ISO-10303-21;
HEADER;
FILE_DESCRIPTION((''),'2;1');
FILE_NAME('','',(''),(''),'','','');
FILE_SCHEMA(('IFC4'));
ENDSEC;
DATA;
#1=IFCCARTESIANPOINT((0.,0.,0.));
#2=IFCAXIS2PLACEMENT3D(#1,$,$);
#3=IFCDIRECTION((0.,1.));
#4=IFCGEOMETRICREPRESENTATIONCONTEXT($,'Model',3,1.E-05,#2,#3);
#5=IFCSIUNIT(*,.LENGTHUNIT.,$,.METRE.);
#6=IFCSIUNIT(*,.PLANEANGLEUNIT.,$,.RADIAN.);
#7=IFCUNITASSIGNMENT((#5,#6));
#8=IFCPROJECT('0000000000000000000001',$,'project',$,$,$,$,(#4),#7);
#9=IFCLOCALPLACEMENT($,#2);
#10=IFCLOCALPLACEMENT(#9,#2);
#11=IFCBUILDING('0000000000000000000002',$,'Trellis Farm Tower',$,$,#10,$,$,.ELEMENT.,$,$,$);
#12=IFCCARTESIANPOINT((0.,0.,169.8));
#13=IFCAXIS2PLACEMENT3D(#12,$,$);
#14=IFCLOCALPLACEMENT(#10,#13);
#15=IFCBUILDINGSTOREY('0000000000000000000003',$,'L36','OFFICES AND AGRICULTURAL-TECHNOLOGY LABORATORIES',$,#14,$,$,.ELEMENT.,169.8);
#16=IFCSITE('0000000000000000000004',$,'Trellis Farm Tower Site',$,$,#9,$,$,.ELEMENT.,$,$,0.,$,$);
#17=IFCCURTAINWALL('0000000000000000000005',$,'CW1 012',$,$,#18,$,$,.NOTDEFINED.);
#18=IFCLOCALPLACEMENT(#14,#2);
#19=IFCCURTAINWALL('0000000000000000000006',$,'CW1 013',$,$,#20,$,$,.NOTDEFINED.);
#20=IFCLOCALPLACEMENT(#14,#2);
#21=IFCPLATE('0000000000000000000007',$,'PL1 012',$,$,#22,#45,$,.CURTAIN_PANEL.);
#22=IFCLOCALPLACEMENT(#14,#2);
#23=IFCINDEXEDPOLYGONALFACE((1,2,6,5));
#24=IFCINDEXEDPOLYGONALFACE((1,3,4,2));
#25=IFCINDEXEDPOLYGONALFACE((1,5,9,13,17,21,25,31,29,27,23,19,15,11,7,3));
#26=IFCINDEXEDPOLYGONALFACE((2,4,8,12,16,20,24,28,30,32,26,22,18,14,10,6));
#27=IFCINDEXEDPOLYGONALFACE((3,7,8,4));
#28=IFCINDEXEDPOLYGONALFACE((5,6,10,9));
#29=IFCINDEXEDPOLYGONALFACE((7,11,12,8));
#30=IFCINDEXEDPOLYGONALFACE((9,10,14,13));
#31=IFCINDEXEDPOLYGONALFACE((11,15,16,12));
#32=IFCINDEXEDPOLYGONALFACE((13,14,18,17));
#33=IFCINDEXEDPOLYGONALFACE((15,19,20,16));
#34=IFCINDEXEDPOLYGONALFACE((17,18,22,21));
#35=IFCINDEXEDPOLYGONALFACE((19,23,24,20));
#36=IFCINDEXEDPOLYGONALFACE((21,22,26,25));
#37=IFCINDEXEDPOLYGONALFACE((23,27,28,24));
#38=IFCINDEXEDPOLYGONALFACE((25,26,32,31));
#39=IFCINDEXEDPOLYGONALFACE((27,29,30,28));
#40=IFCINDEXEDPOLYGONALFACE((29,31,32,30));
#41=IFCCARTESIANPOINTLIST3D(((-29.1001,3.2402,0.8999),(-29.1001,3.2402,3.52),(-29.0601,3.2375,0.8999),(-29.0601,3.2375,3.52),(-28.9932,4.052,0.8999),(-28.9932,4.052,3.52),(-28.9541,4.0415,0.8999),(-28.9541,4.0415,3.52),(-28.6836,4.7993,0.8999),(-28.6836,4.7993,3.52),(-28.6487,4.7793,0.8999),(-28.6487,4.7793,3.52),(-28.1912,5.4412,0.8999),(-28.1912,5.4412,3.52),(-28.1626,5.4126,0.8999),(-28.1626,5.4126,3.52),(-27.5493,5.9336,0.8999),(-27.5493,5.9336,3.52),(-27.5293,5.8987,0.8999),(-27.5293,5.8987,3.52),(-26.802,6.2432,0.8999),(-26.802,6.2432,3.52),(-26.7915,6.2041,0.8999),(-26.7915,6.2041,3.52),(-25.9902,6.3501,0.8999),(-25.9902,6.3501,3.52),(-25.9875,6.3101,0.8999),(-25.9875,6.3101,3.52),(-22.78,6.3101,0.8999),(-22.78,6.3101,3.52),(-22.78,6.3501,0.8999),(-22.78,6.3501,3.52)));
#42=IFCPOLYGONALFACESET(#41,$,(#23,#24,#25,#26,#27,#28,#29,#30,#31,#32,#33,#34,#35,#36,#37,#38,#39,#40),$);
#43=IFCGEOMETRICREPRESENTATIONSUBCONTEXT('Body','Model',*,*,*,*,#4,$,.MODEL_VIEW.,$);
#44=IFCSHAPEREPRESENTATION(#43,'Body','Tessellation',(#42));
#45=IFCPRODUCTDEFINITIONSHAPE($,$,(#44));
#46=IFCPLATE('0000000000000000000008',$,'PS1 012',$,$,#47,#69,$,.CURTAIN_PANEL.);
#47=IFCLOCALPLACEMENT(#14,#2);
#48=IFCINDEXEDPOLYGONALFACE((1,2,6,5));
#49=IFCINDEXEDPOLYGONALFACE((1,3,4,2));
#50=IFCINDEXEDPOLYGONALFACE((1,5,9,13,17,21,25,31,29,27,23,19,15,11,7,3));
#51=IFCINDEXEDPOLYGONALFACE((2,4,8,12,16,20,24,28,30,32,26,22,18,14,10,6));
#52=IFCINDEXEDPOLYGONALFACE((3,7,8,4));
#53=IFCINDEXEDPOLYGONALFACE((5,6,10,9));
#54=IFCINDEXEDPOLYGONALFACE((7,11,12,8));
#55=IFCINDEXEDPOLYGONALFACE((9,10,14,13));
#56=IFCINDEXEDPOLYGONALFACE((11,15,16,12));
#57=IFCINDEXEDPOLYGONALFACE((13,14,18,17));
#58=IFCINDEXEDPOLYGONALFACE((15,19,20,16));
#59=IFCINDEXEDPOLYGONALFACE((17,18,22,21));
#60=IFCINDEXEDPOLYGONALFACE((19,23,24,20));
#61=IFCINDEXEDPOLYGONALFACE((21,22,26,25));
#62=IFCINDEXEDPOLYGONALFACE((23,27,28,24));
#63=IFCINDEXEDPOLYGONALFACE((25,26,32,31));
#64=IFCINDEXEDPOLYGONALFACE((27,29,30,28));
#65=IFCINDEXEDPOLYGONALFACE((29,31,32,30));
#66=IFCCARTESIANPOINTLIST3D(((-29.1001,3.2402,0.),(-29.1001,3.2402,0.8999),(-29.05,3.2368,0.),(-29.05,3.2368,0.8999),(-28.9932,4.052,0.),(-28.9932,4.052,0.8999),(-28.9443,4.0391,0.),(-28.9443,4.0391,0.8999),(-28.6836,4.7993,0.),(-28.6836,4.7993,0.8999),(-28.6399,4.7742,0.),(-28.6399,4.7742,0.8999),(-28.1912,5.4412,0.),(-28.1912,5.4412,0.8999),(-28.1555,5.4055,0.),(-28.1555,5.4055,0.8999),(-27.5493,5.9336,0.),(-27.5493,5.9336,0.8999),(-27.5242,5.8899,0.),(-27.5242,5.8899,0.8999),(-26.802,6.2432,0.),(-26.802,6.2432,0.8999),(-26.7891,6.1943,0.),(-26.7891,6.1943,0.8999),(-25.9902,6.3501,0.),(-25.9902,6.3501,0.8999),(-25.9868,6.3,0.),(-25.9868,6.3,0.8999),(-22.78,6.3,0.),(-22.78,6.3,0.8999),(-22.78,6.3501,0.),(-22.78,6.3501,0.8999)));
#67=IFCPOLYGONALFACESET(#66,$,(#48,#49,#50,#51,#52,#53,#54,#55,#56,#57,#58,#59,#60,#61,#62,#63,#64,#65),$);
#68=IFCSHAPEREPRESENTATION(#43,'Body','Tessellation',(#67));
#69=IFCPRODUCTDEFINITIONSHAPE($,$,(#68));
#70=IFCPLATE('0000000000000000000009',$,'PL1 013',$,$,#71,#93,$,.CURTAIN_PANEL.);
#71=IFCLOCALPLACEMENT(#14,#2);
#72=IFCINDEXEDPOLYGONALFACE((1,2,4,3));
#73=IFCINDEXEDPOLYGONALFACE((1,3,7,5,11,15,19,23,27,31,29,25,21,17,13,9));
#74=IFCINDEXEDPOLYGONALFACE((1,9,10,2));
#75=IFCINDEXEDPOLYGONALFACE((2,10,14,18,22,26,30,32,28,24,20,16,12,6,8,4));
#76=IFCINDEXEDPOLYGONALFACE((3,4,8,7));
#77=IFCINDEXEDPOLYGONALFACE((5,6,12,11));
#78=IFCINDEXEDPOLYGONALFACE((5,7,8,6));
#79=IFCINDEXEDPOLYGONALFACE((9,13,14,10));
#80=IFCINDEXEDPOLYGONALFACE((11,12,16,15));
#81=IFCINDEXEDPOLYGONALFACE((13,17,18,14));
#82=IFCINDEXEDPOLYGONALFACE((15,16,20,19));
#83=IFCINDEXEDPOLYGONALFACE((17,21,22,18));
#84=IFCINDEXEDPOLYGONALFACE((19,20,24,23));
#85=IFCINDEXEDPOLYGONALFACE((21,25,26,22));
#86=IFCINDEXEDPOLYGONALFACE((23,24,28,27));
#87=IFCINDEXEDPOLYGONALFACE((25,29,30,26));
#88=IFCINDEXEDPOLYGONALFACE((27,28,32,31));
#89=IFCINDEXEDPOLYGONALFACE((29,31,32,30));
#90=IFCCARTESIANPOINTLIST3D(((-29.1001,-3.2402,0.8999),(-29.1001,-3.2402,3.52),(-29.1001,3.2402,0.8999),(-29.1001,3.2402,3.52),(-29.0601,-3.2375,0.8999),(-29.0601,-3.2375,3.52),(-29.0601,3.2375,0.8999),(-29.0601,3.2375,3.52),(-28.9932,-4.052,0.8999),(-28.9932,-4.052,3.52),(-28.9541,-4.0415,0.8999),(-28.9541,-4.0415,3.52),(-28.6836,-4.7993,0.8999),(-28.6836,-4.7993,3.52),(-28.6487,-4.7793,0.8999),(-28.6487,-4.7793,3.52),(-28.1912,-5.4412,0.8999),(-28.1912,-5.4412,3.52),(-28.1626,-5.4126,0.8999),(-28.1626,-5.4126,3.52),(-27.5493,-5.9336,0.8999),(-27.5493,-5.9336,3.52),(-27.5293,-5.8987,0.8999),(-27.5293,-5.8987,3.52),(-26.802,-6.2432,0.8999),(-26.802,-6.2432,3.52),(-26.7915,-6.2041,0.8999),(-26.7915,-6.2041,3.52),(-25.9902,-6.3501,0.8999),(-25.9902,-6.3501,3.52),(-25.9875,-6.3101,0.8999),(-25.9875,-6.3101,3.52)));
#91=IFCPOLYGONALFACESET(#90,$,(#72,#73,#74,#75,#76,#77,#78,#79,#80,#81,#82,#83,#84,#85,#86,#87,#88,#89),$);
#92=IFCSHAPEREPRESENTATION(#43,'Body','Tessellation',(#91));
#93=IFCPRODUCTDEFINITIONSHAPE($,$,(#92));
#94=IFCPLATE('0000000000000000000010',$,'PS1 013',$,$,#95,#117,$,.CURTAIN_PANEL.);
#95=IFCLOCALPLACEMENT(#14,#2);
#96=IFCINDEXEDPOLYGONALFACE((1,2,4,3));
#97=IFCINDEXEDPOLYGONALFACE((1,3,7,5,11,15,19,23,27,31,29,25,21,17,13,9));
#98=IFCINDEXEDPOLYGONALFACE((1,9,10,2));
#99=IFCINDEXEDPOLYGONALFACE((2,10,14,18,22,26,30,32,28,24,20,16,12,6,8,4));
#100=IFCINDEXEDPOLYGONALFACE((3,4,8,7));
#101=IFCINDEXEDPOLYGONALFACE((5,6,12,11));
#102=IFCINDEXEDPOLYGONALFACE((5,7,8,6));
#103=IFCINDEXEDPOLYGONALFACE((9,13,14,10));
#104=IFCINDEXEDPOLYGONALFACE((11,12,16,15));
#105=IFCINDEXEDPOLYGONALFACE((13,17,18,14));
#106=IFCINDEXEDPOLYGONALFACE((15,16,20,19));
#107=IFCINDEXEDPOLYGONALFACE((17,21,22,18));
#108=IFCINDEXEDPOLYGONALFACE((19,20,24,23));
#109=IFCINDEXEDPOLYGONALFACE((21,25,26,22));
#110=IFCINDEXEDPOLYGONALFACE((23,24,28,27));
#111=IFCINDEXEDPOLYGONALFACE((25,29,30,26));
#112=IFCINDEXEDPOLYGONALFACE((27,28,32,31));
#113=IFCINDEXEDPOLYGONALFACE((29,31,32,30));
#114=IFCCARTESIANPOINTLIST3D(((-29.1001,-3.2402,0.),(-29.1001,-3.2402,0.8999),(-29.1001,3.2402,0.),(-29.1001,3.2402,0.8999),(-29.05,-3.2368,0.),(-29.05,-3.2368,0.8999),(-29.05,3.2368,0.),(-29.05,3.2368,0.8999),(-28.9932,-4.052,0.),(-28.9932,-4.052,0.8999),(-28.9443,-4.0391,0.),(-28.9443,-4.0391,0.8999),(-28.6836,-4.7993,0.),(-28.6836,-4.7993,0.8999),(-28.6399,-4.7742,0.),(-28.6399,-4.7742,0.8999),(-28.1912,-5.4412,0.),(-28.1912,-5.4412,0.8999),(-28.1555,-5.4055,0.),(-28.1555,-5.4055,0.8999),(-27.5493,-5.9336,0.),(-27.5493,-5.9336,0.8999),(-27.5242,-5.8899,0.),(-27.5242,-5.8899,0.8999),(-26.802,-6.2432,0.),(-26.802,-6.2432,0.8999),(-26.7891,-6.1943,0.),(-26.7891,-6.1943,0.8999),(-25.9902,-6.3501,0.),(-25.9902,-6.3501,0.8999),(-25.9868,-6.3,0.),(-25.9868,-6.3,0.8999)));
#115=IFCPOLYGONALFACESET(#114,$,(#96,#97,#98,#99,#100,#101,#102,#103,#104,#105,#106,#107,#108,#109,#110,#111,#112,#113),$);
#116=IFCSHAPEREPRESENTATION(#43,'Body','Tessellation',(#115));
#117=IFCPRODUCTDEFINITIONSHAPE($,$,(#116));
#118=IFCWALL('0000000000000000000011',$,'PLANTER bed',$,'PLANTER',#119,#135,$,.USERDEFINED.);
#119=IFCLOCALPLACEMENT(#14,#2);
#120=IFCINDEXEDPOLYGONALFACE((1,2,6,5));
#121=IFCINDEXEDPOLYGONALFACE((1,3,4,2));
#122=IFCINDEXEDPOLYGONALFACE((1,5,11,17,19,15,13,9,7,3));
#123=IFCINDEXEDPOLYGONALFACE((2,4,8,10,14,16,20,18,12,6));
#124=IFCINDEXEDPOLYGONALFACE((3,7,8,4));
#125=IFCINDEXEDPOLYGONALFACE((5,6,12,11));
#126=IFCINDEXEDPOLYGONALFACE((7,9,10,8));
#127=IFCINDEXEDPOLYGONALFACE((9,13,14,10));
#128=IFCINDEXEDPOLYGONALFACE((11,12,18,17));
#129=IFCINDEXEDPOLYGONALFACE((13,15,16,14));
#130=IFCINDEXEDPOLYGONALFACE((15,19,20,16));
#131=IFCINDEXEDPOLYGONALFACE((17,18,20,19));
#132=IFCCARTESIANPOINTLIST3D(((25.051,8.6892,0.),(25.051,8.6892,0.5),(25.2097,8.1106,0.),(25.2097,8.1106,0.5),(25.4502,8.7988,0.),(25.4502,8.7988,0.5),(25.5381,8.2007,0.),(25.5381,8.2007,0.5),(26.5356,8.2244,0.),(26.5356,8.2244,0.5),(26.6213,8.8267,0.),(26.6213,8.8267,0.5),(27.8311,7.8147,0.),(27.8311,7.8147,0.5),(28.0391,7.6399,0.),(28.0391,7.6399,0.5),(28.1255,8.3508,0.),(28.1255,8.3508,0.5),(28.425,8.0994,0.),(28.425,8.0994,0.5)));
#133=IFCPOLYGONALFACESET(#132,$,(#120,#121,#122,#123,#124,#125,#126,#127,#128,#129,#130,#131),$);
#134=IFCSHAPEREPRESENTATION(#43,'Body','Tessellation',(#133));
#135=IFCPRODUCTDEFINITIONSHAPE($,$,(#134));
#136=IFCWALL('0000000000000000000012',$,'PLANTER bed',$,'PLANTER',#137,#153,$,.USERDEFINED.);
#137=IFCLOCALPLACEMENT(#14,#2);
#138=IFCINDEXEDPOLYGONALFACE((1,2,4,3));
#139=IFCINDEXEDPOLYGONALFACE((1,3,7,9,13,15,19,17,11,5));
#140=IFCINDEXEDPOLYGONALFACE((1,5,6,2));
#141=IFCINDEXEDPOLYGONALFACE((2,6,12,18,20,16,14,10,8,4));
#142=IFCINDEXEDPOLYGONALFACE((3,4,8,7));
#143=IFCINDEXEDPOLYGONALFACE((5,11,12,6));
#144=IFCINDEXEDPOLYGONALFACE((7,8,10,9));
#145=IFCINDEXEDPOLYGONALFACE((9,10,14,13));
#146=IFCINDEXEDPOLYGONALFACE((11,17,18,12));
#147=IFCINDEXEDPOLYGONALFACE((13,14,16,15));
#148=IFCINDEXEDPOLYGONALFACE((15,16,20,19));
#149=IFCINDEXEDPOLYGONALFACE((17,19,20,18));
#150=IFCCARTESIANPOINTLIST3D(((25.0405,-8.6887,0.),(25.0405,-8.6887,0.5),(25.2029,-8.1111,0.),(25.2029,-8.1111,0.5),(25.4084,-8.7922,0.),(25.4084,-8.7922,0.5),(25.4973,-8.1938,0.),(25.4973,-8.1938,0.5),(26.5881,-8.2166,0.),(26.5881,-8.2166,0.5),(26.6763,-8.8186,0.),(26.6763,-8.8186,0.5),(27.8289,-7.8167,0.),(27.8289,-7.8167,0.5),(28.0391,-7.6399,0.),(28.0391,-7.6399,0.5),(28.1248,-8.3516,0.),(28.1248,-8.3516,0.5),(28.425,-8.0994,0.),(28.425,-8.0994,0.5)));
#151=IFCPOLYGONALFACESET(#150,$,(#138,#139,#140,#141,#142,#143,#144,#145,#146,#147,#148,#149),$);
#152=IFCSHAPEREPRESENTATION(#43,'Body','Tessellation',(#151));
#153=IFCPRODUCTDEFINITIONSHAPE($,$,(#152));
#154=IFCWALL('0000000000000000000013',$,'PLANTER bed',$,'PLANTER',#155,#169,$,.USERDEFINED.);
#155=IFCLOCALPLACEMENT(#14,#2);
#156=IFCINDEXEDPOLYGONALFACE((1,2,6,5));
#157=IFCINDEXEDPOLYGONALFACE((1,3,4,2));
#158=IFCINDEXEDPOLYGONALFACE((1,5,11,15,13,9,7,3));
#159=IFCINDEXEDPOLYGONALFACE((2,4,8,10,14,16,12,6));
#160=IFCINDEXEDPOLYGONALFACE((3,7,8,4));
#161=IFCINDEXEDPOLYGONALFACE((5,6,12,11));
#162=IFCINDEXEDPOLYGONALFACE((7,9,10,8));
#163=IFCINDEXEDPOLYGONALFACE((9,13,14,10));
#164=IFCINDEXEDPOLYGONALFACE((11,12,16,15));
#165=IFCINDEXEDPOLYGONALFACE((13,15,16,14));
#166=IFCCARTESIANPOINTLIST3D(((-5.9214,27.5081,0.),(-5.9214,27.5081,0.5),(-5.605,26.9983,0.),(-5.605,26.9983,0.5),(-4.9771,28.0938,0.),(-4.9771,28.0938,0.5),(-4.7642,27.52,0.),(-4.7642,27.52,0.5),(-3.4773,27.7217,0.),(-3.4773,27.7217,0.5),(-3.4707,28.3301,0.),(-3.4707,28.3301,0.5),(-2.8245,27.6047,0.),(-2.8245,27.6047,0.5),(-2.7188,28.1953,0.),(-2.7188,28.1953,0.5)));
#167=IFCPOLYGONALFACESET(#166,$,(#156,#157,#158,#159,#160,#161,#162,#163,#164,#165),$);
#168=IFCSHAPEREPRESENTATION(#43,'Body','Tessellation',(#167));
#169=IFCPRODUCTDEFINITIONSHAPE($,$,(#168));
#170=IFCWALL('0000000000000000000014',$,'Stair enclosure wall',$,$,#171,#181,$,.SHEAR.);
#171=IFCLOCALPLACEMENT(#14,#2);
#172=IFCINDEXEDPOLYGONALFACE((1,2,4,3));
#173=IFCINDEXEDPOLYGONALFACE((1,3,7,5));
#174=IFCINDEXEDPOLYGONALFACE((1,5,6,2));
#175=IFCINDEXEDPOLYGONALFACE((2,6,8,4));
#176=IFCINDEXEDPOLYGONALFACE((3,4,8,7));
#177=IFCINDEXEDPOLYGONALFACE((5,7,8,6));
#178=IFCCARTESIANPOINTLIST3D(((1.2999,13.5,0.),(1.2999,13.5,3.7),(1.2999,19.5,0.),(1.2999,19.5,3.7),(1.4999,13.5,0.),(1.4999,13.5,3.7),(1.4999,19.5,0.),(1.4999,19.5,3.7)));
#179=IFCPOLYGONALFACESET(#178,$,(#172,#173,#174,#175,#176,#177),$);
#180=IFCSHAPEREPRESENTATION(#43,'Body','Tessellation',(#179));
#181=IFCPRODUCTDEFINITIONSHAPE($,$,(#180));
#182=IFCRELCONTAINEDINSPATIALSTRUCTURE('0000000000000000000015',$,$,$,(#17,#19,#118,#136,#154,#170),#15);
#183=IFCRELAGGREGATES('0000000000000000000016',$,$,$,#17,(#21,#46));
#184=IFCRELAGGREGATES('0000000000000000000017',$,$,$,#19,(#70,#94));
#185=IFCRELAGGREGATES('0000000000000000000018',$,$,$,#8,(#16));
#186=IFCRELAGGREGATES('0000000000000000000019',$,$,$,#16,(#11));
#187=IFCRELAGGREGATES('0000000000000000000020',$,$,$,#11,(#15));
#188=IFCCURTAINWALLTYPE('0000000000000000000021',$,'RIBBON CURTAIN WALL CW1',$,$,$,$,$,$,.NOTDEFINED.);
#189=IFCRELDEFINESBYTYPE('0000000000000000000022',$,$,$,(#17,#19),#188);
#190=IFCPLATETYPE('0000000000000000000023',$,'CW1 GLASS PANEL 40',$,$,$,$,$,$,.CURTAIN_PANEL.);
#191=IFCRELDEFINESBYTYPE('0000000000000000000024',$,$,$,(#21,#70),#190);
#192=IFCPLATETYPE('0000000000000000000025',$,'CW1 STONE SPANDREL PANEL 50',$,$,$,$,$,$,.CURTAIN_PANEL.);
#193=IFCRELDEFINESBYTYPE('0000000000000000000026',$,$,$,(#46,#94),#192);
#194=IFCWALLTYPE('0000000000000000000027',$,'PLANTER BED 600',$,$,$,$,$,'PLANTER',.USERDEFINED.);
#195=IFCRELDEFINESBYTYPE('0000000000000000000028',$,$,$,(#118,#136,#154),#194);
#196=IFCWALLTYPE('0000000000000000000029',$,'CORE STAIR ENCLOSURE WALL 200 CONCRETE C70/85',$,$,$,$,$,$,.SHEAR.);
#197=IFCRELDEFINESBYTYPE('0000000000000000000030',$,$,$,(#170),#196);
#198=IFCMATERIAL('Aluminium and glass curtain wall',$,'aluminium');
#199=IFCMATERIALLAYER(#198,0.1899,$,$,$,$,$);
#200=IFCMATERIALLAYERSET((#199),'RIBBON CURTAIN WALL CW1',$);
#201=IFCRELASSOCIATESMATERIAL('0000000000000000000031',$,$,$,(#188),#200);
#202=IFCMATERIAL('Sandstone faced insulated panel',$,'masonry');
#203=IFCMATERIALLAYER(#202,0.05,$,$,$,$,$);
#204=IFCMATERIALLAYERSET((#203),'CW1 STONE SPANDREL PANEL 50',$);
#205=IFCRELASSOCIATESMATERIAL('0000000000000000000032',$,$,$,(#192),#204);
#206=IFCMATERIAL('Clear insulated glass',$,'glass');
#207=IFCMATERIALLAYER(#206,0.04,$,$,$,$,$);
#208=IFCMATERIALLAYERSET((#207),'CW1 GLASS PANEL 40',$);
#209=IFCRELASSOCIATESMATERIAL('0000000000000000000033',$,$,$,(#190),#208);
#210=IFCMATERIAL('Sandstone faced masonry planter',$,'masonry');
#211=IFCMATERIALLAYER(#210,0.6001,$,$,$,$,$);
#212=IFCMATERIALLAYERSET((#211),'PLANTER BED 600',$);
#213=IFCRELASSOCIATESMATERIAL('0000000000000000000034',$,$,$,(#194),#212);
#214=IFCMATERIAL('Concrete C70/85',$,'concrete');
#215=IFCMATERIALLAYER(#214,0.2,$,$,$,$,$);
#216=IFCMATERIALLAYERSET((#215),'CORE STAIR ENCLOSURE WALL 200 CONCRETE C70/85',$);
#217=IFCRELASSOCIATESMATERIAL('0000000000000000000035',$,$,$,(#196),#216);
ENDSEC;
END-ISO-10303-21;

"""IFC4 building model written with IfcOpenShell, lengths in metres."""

from ifc_helpers import new_model, si_unit, direction, frame, frame_2d, origin, place, context, subcontext, project, spatial, polyline, rectangle, outline, extrude, source, transform, mapped, material, layer, layer_set, type_object, element, aggregate, save


model = new_model("IFC4")

# Units and contexts
model_context = context("Model", 3, precision=1e-05, world=origin(), true_north=direction((0.0, 1.0)))
body_context = subcontext(model_context, "Body", "Model", "MODEL_VIEW")
ifc_project = project(units=[si_unit("LENGTHUNIT", "METRE"), si_unit("PLANEANGLEUNIT", "RADIAN")], contexts=[model_context])

# Site, building, storey
site_placement = place(None, origin())
site = spatial("IfcSite", under=ifc_project, at=site_placement, Name="Trellis Farm Tower Site", CompositionType="ELEMENT", RefElevation=0.0)
building_placement = place(site_placement, origin())
building = spatial("IfcBuilding", under=site, at=building_placement, Name="Trellis Farm Tower", CompositionType="ELEMENT")
storey_placement = place(building_placement, frame((0.0, 0.0, 169.8)))
storey = spatial("IfcBuildingStorey", under=building, at=storey_placement, Name="L36", Description="OFFICES AND AGRICULTURAL-TECHNOLOGY LABORATORIES", CompositionType="ELEMENT", Elevation=169.8)

# Shared definitions
ifc_material_1 = material(Name="Aluminium and glass curtain wall", Category="aluminium")
placement_1 = place(storey_placement, origin())
ifc_layer_1 = layer(ifc_material_1, 0.1899)
ifc_layer_set_1 = layer_set([ifc_layer_1], Name="RIBBON CURTAIN WALL CW1")
curtain_wall_type_1 = type_object("IfcCurtainWallType", Name="RIBBON CURTAIN WALL CW1", PredefinedType="NOTDEFINED", material=ifc_layer_set_1)

# Curtain walls
curtain_wall_1 = element("IfcCurtainWall", 1, at=placement_1, inside=storey, type_object=curtain_wall_type_1, Name="CW1 012", PredefinedType="NOTDEFINED")
curtain_wall_2 = element("IfcCurtainWall", 2, at=placement_1, inside=storey, type_object=curtain_wall_type_1, Name="CW1 013", PredefinedType="NOTDEFINED")

# Plates
ifc_material_2 = material(Name="Sandstone faced insulated panel", Category="masonry")
ifc_layer_2 = layer(ifc_material_2, 0.05)
ifc_layer_set_2 = layer_set([ifc_layer_2], Name="CW1 STONE SPANDREL PANEL 50")
plate_type_1 = type_object("IfcPlateType", Name="CW1 STONE SPANDREL PANEL 50", PredefinedType="CURTAIN_PANEL", material=ifc_layer_set_2)
ifc_material_3 = material(Name="Clear insulated glass", Category="glass")
ifc_layer_3 = layer(ifc_material_3, 0.04)
ifc_layer_set_3 = layer_set([ifc_layer_3], Name="CW1 GLASS PANEL 40")
plate_type_2 = type_object("IfcPlateType", Name="CW1 GLASS PANEL 40", PredefinedType="CURTAIN_PANEL", material=ifc_layer_set_3)
placement_2 = place(storey_placement, frame((0.0, 0.0, 0.8999)))
shared_shape_1 = source(origin(), body_context, "Body", "SweptSolid", [
    extrude(outline(polyline([(-22.78, 6.3501), (-25.9902, 6.3501), (-26.802, 6.2432), (-27.5493, 5.9336), (-28.1912, 5.4412), (-28.6836, 4.7993), (-28.9932, 4.052), (-29.1001, 3.2402), (-29.0601, 3.2375), (-28.9541, 4.0415), (-28.6487, 4.7793), (-28.1626, 5.4126), (-27.5293, 5.8987), (-26.7915, 6.2041), (-25.9875, 6.3101), (-22.78, 6.3101), (-22.78, 6.3501)])), origin(), (0.0, 0.0, 1.0), 2.6201),
])
plate_1 = element("IfcPlate", 3, at=placement_2, type_object=plate_type_2, Name="PL1 012", PredefinedType="CURTAIN_PANEL", context=body_context, shape_type="MappedRepresentation", body=[
    mapped(shared_shape_1, transform((0.0, 0.0, 0.0))),
])
shared_shape_2 = source(origin(), body_context, "Body", "SweptSolid", [
    extrude(outline(polyline([(-22.78, 6.3501), (-25.9902, 6.3501), (-26.802, 6.2432), (-27.5493, 5.9336), (-28.1912, 5.4412), (-28.6836, 4.7993), (-28.9932, 4.052), (-29.1001, 3.2402), (-29.05, 3.2368), (-28.9443, 4.0391), (-28.6399, 4.7742), (-28.1555, 5.4055), (-27.5242, 5.8899), (-26.7891, 6.1943), (-25.9868, 6.3), (-22.78, 6.3), (-22.78, 6.3501)])), origin(), (0.0, 0.0, 1.0), 0.8999),
])
plate_2 = element("IfcPlate", 4, at=placement_1, type_object=plate_type_1, Name="PS1 012", PredefinedType="CURTAIN_PANEL", context=body_context, shape_type="MappedRepresentation", body=[
    mapped(shared_shape_2, transform((0.0, 0.0, 0.0))),
])
aggregate(curtain_wall_1, [plate_1, plate_2])
shared_shape_3 = source(origin(), body_context, "Body", "SweptSolid", [
    extrude(outline(polyline([(-29.1001, 3.2402), (-29.1001, -3.2402), (-28.9932, -4.052), (-28.6836, -4.7993), (-28.1912, -5.4412), (-27.5493, -5.9336), (-26.802, -6.2432), (-25.9902, -6.3501), (-25.9875, -6.3101), (-26.7915, -6.2041), (-27.5293, -5.8987), (-28.1626, -5.4126), (-28.6487, -4.7793), (-28.9541, -4.0415), (-29.0601, -3.2375), (-29.0601, 3.2375), (-29.1001, 3.2402)])), origin(), (0.0, 0.0, 1.0), 2.6201),
])
plate_3 = element("IfcPlate", 5, at=placement_2, type_object=plate_type_2, Name="PL1 013", PredefinedType="CURTAIN_PANEL", context=body_context, shape_type="MappedRepresentation", body=[
    mapped(shared_shape_3, transform((0.0, 0.0, 0.0))),
])
shared_shape_4 = source(origin(), body_context, "Body", "SweptSolid", [
    extrude(outline(polyline([(-29.1001, 3.2402), (-29.1001, -3.2402), (-28.9932, -4.052), (-28.6836, -4.7993), (-28.1912, -5.4412), (-27.5493, -5.9336), (-26.802, -6.2432), (-25.9902, -6.3501), (-25.9868, -6.3), (-26.7891, -6.1943), (-27.5242, -5.8899), (-28.1555, -5.4055), (-28.6399, -4.7742), (-28.9443, -4.0391), (-29.05, -3.2368), (-29.05, 3.2368), (-29.1001, 3.2402)])), origin(), (0.0, 0.0, 1.0), 0.8999),
])
plate_4 = element("IfcPlate", 6, at=placement_1, type_object=plate_type_1, Name="PS1 013", PredefinedType="CURTAIN_PANEL", context=body_context, shape_type="MappedRepresentation", body=[
    mapped(shared_shape_4, transform((0.0, 0.0, 0.0))),
])
aggregate(curtain_wall_2, [plate_3, plate_4])

# Walls
ifc_material_4 = material(Name="Sandstone faced masonry planter", Category="masonry")
ifc_layer_4 = layer(ifc_material_4, 0.6001)
ifc_layer_set_4 = layer_set([ifc_layer_4], Name="PLANTER BED 600")
wall_type_1 = type_object("IfcWallType", Name="PLANTER BED 600", ElementType="PLANTER", PredefinedType="USERDEFINED", material=ifc_layer_set_4)
element("IfcWall", 7, at=placement_1, inside=storey, type_object=wall_type_1, Name="PLANTER bed", ObjectType="PLANTER", PredefinedType="USERDEFINED", context=body_context, shape_type="SweptSolid", body=[
    extrude(outline(polyline([(25.4502, 8.7988), (26.6213, 8.8267), (28.1255, 8.3508), (28.425, 8.0994), (28.0391, 7.6399), (27.8311, 7.8147), (26.5356, 8.2244), (25.5381, 8.2007), (25.2097, 8.1106), (25.051, 8.6892), (25.4502, 8.7988)])), origin(), (0.0, 0.0, 1.0), 0.5),
])
element("IfcWall", 8, at=placement_1, inside=storey, type_object=wall_type_1, Name="PLANTER bed", ObjectType="PLANTER", PredefinedType="USERDEFINED", context=body_context, shape_type="SweptSolid", body=[
    extrude(outline(polyline([(26.6763, -8.8186), (25.4084, -8.7922), (25.0405, -8.6887), (25.2029, -8.1111), (25.4973, -8.1938), (26.5881, -8.2166), (27.8289, -7.8167), (28.0391, -7.6399), (28.425, -8.0994), (28.1248, -8.3516), (26.6763, -8.8186)])), origin(), (0.0, 0.0, 1.0), 0.5),
])
element("IfcWall", 9, at=placement_1, inside=storey, type_object=wall_type_1, Name="PLANTER bed", ObjectType="PLANTER", PredefinedType="USERDEFINED", context=body_context, shape_type="SweptSolid", body=[
    extrude(outline(polyline([(-3.4707, 28.3301), (-2.7188, 28.1953), (-2.8245, 27.6047), (-3.4773, 27.7217), (-4.7642, 27.52), (-5.605, 26.9983), (-5.9214, 27.5081), (-4.9771, 28.0938), (-3.4707, 28.3301)])), origin(), (0.0, 0.0, 1.0), 0.5),
])
ifc_material_5 = material(Name="Concrete C70/85", Category="concrete")
ifc_layer_5 = layer(ifc_material_5, 0.2)
ifc_layer_set_5 = layer_set([ifc_layer_5], Name="CORE STAIR ENCLOSURE WALL 200 CONCRETE C70/85")
wall_type_2 = type_object("IfcWallType", Name="CORE STAIR ENCLOSURE WALL 200 CONCRETE C70/85", PredefinedType="SHEAR", material=ifc_layer_set_5)
shared_shape_5 = source(origin(), body_context, "Body", "SweptSolid", [
    extrude(rectangle(XDim=6.0, YDim=0.2, at=frame_2d((3.0, 0.0))), origin(), (0.0, 0.0, 1.0), 3.7),
])
wall_1_placement = place(storey_placement, frame((1.3999, 13.5, 0.0), z_axis=(0.0, 0.0, 1.0), x_axis=(0.0, 1.0, 0.0)))
element("IfcWall", 10, at=wall_1_placement, inside=storey, type_object=wall_type_2, Name="Stair enclosure wall", PredefinedType="SHEAR", context=body_context, shape_type="MappedRepresentation", body=[
    mapped(shared_shape_5, transform((0.0, 0.0, 0.0))),
])

save(model, "model.ifc")
